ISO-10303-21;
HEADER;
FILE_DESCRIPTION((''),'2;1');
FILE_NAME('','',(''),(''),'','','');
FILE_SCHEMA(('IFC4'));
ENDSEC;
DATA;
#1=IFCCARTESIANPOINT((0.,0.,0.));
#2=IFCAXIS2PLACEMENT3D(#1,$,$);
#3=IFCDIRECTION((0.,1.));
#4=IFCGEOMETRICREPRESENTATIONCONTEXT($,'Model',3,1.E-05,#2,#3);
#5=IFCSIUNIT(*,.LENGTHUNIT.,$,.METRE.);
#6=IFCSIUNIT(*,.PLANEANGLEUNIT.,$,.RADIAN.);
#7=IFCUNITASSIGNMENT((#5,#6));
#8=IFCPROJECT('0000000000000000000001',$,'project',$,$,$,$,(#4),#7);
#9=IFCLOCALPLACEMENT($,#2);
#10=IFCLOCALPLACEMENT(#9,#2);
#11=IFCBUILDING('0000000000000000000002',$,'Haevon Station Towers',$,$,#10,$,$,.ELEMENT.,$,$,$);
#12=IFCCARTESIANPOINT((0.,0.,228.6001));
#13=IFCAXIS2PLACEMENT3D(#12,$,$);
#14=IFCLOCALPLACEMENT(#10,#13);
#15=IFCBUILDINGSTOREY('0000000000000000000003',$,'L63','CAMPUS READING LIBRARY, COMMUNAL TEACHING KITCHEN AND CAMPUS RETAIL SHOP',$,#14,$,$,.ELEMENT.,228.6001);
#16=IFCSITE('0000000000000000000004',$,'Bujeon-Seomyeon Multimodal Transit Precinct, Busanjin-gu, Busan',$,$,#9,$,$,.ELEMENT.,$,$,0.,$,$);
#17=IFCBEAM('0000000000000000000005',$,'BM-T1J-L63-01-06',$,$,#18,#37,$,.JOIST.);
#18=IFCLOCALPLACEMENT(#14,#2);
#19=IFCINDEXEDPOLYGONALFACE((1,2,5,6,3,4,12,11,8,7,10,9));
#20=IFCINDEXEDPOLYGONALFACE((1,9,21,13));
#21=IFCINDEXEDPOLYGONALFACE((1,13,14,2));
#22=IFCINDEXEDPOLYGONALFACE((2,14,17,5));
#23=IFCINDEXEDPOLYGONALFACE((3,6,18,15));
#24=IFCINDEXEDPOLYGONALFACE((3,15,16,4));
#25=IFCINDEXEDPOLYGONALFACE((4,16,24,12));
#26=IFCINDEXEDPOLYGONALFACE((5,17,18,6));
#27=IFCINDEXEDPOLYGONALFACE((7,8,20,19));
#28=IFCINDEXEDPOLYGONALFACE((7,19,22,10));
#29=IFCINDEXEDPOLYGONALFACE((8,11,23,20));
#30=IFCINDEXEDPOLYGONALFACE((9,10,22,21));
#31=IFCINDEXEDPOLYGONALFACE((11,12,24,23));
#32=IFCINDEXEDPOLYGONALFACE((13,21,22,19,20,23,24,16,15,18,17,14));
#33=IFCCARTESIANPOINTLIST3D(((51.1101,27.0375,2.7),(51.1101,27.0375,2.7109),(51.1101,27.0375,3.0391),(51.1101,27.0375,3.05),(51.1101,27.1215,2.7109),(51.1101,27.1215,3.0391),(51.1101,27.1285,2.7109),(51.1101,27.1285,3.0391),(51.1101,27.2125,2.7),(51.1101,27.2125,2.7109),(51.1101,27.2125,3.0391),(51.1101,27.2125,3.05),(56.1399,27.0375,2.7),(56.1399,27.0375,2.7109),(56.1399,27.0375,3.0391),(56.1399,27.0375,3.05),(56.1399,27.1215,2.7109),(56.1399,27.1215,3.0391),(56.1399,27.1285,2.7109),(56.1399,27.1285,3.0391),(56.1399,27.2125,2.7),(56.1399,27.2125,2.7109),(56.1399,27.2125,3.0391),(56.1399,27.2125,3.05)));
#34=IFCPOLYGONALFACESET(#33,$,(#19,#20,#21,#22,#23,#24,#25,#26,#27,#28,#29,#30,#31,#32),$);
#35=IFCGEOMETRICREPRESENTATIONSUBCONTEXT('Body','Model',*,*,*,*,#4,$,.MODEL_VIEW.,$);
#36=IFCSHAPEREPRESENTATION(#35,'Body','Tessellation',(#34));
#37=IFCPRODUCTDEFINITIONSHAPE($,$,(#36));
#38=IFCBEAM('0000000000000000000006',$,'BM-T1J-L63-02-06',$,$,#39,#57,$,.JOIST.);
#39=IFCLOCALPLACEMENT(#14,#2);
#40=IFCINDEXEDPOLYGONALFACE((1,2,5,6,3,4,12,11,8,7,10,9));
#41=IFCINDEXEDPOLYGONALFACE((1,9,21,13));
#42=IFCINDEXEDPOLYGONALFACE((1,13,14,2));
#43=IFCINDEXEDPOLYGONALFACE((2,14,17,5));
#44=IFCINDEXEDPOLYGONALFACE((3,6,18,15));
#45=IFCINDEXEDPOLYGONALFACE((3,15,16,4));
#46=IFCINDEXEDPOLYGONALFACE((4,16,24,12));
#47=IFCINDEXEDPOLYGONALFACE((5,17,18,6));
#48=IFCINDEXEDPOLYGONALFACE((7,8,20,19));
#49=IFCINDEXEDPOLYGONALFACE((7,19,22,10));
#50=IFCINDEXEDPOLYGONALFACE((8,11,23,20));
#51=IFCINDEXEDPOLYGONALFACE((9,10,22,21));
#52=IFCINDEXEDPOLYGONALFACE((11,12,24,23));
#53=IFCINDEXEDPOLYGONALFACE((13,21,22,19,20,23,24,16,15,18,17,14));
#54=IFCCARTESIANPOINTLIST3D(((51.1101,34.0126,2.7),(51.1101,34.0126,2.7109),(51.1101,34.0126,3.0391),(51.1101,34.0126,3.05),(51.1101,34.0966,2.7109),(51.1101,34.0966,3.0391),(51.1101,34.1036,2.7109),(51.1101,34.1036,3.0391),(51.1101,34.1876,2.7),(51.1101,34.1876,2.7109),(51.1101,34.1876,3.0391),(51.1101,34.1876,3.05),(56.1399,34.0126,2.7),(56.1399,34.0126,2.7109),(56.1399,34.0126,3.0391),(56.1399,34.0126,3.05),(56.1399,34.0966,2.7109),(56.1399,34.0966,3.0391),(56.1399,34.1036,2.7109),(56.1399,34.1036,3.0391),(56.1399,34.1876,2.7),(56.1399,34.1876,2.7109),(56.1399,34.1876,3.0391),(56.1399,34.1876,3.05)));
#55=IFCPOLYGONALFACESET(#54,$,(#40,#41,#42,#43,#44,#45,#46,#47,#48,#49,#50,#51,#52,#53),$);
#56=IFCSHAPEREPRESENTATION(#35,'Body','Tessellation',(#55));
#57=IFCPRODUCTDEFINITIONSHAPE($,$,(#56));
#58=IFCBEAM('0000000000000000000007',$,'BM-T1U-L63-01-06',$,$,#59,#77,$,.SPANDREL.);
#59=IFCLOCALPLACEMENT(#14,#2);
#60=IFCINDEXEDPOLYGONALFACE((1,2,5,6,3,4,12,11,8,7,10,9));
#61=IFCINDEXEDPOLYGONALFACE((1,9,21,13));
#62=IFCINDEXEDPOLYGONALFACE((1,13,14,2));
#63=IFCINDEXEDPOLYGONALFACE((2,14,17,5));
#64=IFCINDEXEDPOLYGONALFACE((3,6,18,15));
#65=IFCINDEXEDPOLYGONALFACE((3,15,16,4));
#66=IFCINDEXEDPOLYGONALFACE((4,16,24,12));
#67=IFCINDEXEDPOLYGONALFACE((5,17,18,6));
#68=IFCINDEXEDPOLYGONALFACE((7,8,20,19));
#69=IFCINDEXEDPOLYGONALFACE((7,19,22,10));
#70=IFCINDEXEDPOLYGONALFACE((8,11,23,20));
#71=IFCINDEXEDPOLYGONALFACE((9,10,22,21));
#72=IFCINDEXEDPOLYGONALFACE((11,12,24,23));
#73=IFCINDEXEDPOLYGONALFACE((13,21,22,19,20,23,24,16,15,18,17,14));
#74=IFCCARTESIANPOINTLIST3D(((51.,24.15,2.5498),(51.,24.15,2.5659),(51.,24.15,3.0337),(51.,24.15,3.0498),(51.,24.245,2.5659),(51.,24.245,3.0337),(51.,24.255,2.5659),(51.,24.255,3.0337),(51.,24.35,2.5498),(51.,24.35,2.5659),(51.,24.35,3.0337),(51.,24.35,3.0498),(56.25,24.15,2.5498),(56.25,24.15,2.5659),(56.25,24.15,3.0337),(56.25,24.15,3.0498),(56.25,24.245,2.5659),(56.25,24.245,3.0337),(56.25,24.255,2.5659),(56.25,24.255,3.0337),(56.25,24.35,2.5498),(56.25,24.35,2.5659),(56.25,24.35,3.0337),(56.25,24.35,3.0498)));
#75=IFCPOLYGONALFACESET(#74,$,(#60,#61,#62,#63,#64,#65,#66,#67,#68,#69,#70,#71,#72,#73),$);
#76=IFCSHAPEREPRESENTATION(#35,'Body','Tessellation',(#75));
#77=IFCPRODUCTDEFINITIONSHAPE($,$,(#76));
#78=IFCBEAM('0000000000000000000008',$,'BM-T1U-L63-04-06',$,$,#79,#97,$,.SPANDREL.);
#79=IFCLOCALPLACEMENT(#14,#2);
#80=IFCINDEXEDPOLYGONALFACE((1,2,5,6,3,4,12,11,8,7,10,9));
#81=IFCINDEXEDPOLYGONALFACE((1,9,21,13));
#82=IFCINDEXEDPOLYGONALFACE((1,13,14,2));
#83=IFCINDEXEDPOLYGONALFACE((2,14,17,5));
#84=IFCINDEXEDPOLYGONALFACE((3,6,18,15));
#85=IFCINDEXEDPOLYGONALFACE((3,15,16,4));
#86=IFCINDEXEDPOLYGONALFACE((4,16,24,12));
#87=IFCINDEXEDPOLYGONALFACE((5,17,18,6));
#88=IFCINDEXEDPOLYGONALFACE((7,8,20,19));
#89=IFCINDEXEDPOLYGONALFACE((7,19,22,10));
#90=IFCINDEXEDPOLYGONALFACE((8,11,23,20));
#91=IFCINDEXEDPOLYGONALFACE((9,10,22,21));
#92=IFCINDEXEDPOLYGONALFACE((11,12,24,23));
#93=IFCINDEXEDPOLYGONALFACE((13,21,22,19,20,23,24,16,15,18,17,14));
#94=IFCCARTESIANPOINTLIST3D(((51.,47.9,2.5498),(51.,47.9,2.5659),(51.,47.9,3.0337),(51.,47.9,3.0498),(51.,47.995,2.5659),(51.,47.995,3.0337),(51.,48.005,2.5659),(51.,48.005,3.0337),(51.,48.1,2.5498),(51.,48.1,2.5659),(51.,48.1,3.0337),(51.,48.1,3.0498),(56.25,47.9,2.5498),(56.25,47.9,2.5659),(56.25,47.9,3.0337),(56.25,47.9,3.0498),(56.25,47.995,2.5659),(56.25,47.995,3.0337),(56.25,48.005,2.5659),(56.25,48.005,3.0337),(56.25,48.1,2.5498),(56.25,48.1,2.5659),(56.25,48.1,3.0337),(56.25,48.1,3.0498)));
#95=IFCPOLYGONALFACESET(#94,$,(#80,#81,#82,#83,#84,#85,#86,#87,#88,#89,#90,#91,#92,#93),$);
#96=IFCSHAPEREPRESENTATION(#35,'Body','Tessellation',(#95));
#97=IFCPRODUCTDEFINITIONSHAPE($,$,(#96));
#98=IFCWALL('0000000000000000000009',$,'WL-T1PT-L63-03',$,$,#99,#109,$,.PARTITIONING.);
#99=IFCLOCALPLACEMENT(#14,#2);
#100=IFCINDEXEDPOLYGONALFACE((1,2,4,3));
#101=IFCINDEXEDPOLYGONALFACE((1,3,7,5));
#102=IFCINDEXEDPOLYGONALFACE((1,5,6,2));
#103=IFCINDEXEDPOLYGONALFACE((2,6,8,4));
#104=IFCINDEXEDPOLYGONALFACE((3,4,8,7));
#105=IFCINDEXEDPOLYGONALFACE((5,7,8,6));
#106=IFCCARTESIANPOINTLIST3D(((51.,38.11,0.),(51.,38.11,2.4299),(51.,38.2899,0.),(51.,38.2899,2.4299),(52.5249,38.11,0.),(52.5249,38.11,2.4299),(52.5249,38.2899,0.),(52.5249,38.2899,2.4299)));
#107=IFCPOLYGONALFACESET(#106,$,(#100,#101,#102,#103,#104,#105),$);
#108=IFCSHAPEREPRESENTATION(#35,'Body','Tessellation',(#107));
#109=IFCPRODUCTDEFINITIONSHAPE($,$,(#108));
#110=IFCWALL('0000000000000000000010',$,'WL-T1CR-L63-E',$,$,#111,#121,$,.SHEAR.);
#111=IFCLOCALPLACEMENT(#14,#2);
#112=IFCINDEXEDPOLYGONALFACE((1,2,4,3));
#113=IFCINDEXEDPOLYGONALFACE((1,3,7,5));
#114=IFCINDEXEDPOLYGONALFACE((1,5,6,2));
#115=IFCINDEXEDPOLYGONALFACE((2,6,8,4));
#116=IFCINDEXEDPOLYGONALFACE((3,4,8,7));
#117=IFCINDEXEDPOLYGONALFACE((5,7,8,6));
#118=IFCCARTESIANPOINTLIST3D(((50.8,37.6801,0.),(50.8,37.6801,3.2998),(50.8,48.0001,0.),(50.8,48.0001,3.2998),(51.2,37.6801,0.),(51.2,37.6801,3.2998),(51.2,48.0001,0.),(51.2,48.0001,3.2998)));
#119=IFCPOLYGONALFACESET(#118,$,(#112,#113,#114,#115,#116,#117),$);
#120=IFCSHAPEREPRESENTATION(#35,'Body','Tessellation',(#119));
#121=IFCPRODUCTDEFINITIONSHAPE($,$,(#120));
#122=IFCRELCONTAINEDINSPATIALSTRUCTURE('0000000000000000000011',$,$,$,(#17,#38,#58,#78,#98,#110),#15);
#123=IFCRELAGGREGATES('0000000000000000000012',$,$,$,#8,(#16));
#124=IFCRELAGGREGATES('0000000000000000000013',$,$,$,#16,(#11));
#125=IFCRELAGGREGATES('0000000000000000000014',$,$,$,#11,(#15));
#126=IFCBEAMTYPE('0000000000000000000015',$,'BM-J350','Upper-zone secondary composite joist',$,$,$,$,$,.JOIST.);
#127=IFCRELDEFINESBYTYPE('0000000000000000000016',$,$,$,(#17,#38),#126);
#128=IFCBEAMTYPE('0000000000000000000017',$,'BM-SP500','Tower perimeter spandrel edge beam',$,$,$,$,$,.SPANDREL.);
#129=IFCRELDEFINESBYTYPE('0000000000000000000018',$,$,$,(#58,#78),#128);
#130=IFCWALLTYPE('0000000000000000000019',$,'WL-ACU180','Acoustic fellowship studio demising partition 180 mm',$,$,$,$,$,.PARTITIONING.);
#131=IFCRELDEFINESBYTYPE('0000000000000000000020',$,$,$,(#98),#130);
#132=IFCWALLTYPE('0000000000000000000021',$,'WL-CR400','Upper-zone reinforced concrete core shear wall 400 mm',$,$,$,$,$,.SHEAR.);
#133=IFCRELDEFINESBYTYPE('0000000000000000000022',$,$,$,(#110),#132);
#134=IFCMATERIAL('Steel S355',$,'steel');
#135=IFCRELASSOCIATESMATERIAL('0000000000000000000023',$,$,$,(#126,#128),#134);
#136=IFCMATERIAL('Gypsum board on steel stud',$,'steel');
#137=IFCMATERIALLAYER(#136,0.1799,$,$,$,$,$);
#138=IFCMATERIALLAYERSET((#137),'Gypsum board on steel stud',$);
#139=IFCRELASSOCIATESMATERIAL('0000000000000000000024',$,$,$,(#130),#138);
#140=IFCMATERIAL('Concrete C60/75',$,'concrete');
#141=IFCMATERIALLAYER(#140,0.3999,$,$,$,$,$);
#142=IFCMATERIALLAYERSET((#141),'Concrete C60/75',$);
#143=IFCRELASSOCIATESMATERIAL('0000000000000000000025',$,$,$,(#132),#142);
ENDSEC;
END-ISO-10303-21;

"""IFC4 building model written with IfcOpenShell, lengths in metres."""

from ifc_helpers import new_model, si_unit, direction, frame, frame_2d, origin, origin_2d, place, context, subcontext, project, spatial, rectangle, i_section, extrude, material, layer, layer_set, material_profile, profile_set, type_object, element, save


model = new_model("IFC4")

# Units and contexts
model_context = context("Model", 3, precision=1e-05, world=origin(), true_north=direction((0.0, 1.0)))
body_context = subcontext(model_context, "Body", "Model", "MODEL_VIEW")
ifc_project = project(units=[si_unit("LENGTHUNIT", "METRE"), si_unit("PLANEANGLEUNIT", "RADIAN")], contexts=[model_context])

# Site, building, storey
site_placement = place(None, origin())
site = spatial("IfcSite", under=ifc_project, at=site_placement, Name="Bujeon-Seomyeon Multimodal Transit Precinct, Busanjin-gu, Busan", CompositionType="ELEMENT", RefElevation=0.0)
building_placement = place(site_placement, origin())
building = spatial("IfcBuilding", under=site, at=building_placement, Name="Haevon Station Towers", CompositionType="ELEMENT")
storey_placement = place(building_placement, frame((0.0, 0.0, 228.6001)))
storey = spatial("IfcBuildingStorey", under=building, at=storey_placement, Name="L63", Description="CAMPUS READING LIBRARY, COMMUNAL TEACHING KITCHEN AND CAMPUS RETAIL SHOP", CompositionType="ELEMENT", Elevation=228.6001)

# Shared definitions
ifc_material_1 = material(Name="Steel S355", Category="steel")

# Beams
ifc_material_profile_1 = material_profile(ifc_material_1, i_section(OverallWidth=0.175, OverallDepth=0.3501, WebThickness=0.0071, FlangeThickness=0.011, at=origin_2d()), Name="H-350x175x7x11")
ifc_profile_set_1 = profile_set([ifc_material_profile_1], Name="Steel S355")
beam_type_1 = type_object("IfcBeamType", Name="BM-J350", Description="Upper-zone secondary composite joist", PredefinedType="JOIST", material=ifc_profile_set_1)
for number, where, z_axis, x_axis, name in (
    (1, (51.1101, 27.125, 2.875), (1.0, 0.0, 0.0), (0.0, 1.0, 0.0), "BM-T1J-L63-01-06"),
    (2, (51.1101, 34.1001, 2.875), (1.0, 0.0, 0.0), (0.0, 1.0, 0.0), "BM-T1J-L63-02-06"),
):
    element("IfcBeam", number, at=place(storey_placement, frame(where, z_axis=z_axis, x_axis=x_axis)), inside=storey, type_object=beam_type_1, Name=name, PredefinedType="JOIST", context=body_context, shape_type="SweptSolid", body=[
        extrude(i_section(OverallWidth=0.175, OverallDepth=0.3501, WebThickness=0.0071, FlangeThickness=0.011, at=origin_2d()), origin(), (0.0, 0.0, 1.0), 5.0298),
    ])
ifc_material_profile_2 = material_profile(ifc_material_1, i_section(OverallWidth=0.2, OverallDepth=0.5, WebThickness=0.01, FlangeThickness=0.0161, at=origin_2d()), Name="H-500x200x10x16")
ifc_profile_set_2 = profile_set([ifc_material_profile_2], Name="Steel S355")
beam_type_2 = type_object("IfcBeamType", Name="BM-SP500", Description="Tower perimeter spandrel edge beam", PredefinedType="SPANDREL", material=ifc_profile_set_2)
for number, where, z_axis, x_axis, name in (
    (3, (51.0, 24.25, 2.7998), (1.0, 0.0, 0.0), (0.0, 1.0, 0.0), "BM-T1U-L63-01-06"),
    (4, (51.0, 48.0, 2.7998), (1.0, 0.0, 0.0), (0.0, 1.0, 0.0), "BM-T1U-L63-04-06"),
):
    element("IfcBeam", number, at=place(storey_placement, frame(where, z_axis=z_axis, x_axis=x_axis)), inside=storey, type_object=beam_type_2, Name=name, PredefinedType="SPANDREL", context=body_context, shape_type="SweptSolid", body=[
        extrude(i_section(OverallWidth=0.2, OverallDepth=0.5, WebThickness=0.01, FlangeThickness=0.0161, at=origin_2d()), origin(), (0.0, 0.0, 1.0), 5.25),
    ])

# Walls
ifc_material_2 = material(Name="Gypsum board on steel stud", Category="steel")
ifc_layer_1 = layer(ifc_material_2, 0.1799)
ifc_layer_set_1 = layer_set([ifc_layer_1], Name="Gypsum board on steel stud")
wall_type_1 = type_object("IfcWallType", Name="WL-ACU180", Description="Acoustic fellowship studio demising partition 180 mm", PredefinedType="PARTITIONING", material=ifc_layer_set_1)
wall_1_placement = place(storey_placement, frame((51.0, 38.2, 0.0), z_axis=(0.0, 0.0, 1.0), x_axis=(1.0, 0.0, 0.0)))
element("IfcWall", 5, at=wall_1_placement, inside=storey, type_object=wall_type_1, Name="WL-T1PT-L63-03", PredefinedType="PARTITIONING", context=body_context, shape_type="SweptSolid", body=[
    extrude(rectangle(XDim=1.5249, YDim=0.1799, at=frame_2d((0.7625, 0.0))), origin(), (0.0, 0.0, 1.0), 2.4299),
])
ifc_material_3 = material(Name="Concrete C60/75", Category="concrete")
ifc_layer_2 = layer(ifc_material_3, 0.3999)
ifc_layer_set_2 = layer_set([ifc_layer_2], Name="Concrete C60/75")
wall_type_2 = type_object("IfcWallType", Name="WL-CR400", Description="Upper-zone reinforced concrete core shear wall 400 mm", PredefinedType="SHEAR", material=ifc_layer_set_2)
wall_2_placement = place(storey_placement, frame((51.0, 37.6799, 0.0), z_axis=(0.0, 0.0, 1.0), x_axis=(0.0, 1.0, 0.0)))
element("IfcWall", 6, at=wall_2_placement, inside=storey, type_object=wall_type_2, Name="WL-T1CR-L63-E", PredefinedType="SHEAR", context=body_context, shape_type="SweptSolid", body=[
    extrude(rectangle(XDim=10.3201, YDim=0.3999, at=frame_2d((5.1602, 0.0))), origin(), (0.0, 0.0, 1.0), 3.2998),
])

save(model, "model.ifc")
